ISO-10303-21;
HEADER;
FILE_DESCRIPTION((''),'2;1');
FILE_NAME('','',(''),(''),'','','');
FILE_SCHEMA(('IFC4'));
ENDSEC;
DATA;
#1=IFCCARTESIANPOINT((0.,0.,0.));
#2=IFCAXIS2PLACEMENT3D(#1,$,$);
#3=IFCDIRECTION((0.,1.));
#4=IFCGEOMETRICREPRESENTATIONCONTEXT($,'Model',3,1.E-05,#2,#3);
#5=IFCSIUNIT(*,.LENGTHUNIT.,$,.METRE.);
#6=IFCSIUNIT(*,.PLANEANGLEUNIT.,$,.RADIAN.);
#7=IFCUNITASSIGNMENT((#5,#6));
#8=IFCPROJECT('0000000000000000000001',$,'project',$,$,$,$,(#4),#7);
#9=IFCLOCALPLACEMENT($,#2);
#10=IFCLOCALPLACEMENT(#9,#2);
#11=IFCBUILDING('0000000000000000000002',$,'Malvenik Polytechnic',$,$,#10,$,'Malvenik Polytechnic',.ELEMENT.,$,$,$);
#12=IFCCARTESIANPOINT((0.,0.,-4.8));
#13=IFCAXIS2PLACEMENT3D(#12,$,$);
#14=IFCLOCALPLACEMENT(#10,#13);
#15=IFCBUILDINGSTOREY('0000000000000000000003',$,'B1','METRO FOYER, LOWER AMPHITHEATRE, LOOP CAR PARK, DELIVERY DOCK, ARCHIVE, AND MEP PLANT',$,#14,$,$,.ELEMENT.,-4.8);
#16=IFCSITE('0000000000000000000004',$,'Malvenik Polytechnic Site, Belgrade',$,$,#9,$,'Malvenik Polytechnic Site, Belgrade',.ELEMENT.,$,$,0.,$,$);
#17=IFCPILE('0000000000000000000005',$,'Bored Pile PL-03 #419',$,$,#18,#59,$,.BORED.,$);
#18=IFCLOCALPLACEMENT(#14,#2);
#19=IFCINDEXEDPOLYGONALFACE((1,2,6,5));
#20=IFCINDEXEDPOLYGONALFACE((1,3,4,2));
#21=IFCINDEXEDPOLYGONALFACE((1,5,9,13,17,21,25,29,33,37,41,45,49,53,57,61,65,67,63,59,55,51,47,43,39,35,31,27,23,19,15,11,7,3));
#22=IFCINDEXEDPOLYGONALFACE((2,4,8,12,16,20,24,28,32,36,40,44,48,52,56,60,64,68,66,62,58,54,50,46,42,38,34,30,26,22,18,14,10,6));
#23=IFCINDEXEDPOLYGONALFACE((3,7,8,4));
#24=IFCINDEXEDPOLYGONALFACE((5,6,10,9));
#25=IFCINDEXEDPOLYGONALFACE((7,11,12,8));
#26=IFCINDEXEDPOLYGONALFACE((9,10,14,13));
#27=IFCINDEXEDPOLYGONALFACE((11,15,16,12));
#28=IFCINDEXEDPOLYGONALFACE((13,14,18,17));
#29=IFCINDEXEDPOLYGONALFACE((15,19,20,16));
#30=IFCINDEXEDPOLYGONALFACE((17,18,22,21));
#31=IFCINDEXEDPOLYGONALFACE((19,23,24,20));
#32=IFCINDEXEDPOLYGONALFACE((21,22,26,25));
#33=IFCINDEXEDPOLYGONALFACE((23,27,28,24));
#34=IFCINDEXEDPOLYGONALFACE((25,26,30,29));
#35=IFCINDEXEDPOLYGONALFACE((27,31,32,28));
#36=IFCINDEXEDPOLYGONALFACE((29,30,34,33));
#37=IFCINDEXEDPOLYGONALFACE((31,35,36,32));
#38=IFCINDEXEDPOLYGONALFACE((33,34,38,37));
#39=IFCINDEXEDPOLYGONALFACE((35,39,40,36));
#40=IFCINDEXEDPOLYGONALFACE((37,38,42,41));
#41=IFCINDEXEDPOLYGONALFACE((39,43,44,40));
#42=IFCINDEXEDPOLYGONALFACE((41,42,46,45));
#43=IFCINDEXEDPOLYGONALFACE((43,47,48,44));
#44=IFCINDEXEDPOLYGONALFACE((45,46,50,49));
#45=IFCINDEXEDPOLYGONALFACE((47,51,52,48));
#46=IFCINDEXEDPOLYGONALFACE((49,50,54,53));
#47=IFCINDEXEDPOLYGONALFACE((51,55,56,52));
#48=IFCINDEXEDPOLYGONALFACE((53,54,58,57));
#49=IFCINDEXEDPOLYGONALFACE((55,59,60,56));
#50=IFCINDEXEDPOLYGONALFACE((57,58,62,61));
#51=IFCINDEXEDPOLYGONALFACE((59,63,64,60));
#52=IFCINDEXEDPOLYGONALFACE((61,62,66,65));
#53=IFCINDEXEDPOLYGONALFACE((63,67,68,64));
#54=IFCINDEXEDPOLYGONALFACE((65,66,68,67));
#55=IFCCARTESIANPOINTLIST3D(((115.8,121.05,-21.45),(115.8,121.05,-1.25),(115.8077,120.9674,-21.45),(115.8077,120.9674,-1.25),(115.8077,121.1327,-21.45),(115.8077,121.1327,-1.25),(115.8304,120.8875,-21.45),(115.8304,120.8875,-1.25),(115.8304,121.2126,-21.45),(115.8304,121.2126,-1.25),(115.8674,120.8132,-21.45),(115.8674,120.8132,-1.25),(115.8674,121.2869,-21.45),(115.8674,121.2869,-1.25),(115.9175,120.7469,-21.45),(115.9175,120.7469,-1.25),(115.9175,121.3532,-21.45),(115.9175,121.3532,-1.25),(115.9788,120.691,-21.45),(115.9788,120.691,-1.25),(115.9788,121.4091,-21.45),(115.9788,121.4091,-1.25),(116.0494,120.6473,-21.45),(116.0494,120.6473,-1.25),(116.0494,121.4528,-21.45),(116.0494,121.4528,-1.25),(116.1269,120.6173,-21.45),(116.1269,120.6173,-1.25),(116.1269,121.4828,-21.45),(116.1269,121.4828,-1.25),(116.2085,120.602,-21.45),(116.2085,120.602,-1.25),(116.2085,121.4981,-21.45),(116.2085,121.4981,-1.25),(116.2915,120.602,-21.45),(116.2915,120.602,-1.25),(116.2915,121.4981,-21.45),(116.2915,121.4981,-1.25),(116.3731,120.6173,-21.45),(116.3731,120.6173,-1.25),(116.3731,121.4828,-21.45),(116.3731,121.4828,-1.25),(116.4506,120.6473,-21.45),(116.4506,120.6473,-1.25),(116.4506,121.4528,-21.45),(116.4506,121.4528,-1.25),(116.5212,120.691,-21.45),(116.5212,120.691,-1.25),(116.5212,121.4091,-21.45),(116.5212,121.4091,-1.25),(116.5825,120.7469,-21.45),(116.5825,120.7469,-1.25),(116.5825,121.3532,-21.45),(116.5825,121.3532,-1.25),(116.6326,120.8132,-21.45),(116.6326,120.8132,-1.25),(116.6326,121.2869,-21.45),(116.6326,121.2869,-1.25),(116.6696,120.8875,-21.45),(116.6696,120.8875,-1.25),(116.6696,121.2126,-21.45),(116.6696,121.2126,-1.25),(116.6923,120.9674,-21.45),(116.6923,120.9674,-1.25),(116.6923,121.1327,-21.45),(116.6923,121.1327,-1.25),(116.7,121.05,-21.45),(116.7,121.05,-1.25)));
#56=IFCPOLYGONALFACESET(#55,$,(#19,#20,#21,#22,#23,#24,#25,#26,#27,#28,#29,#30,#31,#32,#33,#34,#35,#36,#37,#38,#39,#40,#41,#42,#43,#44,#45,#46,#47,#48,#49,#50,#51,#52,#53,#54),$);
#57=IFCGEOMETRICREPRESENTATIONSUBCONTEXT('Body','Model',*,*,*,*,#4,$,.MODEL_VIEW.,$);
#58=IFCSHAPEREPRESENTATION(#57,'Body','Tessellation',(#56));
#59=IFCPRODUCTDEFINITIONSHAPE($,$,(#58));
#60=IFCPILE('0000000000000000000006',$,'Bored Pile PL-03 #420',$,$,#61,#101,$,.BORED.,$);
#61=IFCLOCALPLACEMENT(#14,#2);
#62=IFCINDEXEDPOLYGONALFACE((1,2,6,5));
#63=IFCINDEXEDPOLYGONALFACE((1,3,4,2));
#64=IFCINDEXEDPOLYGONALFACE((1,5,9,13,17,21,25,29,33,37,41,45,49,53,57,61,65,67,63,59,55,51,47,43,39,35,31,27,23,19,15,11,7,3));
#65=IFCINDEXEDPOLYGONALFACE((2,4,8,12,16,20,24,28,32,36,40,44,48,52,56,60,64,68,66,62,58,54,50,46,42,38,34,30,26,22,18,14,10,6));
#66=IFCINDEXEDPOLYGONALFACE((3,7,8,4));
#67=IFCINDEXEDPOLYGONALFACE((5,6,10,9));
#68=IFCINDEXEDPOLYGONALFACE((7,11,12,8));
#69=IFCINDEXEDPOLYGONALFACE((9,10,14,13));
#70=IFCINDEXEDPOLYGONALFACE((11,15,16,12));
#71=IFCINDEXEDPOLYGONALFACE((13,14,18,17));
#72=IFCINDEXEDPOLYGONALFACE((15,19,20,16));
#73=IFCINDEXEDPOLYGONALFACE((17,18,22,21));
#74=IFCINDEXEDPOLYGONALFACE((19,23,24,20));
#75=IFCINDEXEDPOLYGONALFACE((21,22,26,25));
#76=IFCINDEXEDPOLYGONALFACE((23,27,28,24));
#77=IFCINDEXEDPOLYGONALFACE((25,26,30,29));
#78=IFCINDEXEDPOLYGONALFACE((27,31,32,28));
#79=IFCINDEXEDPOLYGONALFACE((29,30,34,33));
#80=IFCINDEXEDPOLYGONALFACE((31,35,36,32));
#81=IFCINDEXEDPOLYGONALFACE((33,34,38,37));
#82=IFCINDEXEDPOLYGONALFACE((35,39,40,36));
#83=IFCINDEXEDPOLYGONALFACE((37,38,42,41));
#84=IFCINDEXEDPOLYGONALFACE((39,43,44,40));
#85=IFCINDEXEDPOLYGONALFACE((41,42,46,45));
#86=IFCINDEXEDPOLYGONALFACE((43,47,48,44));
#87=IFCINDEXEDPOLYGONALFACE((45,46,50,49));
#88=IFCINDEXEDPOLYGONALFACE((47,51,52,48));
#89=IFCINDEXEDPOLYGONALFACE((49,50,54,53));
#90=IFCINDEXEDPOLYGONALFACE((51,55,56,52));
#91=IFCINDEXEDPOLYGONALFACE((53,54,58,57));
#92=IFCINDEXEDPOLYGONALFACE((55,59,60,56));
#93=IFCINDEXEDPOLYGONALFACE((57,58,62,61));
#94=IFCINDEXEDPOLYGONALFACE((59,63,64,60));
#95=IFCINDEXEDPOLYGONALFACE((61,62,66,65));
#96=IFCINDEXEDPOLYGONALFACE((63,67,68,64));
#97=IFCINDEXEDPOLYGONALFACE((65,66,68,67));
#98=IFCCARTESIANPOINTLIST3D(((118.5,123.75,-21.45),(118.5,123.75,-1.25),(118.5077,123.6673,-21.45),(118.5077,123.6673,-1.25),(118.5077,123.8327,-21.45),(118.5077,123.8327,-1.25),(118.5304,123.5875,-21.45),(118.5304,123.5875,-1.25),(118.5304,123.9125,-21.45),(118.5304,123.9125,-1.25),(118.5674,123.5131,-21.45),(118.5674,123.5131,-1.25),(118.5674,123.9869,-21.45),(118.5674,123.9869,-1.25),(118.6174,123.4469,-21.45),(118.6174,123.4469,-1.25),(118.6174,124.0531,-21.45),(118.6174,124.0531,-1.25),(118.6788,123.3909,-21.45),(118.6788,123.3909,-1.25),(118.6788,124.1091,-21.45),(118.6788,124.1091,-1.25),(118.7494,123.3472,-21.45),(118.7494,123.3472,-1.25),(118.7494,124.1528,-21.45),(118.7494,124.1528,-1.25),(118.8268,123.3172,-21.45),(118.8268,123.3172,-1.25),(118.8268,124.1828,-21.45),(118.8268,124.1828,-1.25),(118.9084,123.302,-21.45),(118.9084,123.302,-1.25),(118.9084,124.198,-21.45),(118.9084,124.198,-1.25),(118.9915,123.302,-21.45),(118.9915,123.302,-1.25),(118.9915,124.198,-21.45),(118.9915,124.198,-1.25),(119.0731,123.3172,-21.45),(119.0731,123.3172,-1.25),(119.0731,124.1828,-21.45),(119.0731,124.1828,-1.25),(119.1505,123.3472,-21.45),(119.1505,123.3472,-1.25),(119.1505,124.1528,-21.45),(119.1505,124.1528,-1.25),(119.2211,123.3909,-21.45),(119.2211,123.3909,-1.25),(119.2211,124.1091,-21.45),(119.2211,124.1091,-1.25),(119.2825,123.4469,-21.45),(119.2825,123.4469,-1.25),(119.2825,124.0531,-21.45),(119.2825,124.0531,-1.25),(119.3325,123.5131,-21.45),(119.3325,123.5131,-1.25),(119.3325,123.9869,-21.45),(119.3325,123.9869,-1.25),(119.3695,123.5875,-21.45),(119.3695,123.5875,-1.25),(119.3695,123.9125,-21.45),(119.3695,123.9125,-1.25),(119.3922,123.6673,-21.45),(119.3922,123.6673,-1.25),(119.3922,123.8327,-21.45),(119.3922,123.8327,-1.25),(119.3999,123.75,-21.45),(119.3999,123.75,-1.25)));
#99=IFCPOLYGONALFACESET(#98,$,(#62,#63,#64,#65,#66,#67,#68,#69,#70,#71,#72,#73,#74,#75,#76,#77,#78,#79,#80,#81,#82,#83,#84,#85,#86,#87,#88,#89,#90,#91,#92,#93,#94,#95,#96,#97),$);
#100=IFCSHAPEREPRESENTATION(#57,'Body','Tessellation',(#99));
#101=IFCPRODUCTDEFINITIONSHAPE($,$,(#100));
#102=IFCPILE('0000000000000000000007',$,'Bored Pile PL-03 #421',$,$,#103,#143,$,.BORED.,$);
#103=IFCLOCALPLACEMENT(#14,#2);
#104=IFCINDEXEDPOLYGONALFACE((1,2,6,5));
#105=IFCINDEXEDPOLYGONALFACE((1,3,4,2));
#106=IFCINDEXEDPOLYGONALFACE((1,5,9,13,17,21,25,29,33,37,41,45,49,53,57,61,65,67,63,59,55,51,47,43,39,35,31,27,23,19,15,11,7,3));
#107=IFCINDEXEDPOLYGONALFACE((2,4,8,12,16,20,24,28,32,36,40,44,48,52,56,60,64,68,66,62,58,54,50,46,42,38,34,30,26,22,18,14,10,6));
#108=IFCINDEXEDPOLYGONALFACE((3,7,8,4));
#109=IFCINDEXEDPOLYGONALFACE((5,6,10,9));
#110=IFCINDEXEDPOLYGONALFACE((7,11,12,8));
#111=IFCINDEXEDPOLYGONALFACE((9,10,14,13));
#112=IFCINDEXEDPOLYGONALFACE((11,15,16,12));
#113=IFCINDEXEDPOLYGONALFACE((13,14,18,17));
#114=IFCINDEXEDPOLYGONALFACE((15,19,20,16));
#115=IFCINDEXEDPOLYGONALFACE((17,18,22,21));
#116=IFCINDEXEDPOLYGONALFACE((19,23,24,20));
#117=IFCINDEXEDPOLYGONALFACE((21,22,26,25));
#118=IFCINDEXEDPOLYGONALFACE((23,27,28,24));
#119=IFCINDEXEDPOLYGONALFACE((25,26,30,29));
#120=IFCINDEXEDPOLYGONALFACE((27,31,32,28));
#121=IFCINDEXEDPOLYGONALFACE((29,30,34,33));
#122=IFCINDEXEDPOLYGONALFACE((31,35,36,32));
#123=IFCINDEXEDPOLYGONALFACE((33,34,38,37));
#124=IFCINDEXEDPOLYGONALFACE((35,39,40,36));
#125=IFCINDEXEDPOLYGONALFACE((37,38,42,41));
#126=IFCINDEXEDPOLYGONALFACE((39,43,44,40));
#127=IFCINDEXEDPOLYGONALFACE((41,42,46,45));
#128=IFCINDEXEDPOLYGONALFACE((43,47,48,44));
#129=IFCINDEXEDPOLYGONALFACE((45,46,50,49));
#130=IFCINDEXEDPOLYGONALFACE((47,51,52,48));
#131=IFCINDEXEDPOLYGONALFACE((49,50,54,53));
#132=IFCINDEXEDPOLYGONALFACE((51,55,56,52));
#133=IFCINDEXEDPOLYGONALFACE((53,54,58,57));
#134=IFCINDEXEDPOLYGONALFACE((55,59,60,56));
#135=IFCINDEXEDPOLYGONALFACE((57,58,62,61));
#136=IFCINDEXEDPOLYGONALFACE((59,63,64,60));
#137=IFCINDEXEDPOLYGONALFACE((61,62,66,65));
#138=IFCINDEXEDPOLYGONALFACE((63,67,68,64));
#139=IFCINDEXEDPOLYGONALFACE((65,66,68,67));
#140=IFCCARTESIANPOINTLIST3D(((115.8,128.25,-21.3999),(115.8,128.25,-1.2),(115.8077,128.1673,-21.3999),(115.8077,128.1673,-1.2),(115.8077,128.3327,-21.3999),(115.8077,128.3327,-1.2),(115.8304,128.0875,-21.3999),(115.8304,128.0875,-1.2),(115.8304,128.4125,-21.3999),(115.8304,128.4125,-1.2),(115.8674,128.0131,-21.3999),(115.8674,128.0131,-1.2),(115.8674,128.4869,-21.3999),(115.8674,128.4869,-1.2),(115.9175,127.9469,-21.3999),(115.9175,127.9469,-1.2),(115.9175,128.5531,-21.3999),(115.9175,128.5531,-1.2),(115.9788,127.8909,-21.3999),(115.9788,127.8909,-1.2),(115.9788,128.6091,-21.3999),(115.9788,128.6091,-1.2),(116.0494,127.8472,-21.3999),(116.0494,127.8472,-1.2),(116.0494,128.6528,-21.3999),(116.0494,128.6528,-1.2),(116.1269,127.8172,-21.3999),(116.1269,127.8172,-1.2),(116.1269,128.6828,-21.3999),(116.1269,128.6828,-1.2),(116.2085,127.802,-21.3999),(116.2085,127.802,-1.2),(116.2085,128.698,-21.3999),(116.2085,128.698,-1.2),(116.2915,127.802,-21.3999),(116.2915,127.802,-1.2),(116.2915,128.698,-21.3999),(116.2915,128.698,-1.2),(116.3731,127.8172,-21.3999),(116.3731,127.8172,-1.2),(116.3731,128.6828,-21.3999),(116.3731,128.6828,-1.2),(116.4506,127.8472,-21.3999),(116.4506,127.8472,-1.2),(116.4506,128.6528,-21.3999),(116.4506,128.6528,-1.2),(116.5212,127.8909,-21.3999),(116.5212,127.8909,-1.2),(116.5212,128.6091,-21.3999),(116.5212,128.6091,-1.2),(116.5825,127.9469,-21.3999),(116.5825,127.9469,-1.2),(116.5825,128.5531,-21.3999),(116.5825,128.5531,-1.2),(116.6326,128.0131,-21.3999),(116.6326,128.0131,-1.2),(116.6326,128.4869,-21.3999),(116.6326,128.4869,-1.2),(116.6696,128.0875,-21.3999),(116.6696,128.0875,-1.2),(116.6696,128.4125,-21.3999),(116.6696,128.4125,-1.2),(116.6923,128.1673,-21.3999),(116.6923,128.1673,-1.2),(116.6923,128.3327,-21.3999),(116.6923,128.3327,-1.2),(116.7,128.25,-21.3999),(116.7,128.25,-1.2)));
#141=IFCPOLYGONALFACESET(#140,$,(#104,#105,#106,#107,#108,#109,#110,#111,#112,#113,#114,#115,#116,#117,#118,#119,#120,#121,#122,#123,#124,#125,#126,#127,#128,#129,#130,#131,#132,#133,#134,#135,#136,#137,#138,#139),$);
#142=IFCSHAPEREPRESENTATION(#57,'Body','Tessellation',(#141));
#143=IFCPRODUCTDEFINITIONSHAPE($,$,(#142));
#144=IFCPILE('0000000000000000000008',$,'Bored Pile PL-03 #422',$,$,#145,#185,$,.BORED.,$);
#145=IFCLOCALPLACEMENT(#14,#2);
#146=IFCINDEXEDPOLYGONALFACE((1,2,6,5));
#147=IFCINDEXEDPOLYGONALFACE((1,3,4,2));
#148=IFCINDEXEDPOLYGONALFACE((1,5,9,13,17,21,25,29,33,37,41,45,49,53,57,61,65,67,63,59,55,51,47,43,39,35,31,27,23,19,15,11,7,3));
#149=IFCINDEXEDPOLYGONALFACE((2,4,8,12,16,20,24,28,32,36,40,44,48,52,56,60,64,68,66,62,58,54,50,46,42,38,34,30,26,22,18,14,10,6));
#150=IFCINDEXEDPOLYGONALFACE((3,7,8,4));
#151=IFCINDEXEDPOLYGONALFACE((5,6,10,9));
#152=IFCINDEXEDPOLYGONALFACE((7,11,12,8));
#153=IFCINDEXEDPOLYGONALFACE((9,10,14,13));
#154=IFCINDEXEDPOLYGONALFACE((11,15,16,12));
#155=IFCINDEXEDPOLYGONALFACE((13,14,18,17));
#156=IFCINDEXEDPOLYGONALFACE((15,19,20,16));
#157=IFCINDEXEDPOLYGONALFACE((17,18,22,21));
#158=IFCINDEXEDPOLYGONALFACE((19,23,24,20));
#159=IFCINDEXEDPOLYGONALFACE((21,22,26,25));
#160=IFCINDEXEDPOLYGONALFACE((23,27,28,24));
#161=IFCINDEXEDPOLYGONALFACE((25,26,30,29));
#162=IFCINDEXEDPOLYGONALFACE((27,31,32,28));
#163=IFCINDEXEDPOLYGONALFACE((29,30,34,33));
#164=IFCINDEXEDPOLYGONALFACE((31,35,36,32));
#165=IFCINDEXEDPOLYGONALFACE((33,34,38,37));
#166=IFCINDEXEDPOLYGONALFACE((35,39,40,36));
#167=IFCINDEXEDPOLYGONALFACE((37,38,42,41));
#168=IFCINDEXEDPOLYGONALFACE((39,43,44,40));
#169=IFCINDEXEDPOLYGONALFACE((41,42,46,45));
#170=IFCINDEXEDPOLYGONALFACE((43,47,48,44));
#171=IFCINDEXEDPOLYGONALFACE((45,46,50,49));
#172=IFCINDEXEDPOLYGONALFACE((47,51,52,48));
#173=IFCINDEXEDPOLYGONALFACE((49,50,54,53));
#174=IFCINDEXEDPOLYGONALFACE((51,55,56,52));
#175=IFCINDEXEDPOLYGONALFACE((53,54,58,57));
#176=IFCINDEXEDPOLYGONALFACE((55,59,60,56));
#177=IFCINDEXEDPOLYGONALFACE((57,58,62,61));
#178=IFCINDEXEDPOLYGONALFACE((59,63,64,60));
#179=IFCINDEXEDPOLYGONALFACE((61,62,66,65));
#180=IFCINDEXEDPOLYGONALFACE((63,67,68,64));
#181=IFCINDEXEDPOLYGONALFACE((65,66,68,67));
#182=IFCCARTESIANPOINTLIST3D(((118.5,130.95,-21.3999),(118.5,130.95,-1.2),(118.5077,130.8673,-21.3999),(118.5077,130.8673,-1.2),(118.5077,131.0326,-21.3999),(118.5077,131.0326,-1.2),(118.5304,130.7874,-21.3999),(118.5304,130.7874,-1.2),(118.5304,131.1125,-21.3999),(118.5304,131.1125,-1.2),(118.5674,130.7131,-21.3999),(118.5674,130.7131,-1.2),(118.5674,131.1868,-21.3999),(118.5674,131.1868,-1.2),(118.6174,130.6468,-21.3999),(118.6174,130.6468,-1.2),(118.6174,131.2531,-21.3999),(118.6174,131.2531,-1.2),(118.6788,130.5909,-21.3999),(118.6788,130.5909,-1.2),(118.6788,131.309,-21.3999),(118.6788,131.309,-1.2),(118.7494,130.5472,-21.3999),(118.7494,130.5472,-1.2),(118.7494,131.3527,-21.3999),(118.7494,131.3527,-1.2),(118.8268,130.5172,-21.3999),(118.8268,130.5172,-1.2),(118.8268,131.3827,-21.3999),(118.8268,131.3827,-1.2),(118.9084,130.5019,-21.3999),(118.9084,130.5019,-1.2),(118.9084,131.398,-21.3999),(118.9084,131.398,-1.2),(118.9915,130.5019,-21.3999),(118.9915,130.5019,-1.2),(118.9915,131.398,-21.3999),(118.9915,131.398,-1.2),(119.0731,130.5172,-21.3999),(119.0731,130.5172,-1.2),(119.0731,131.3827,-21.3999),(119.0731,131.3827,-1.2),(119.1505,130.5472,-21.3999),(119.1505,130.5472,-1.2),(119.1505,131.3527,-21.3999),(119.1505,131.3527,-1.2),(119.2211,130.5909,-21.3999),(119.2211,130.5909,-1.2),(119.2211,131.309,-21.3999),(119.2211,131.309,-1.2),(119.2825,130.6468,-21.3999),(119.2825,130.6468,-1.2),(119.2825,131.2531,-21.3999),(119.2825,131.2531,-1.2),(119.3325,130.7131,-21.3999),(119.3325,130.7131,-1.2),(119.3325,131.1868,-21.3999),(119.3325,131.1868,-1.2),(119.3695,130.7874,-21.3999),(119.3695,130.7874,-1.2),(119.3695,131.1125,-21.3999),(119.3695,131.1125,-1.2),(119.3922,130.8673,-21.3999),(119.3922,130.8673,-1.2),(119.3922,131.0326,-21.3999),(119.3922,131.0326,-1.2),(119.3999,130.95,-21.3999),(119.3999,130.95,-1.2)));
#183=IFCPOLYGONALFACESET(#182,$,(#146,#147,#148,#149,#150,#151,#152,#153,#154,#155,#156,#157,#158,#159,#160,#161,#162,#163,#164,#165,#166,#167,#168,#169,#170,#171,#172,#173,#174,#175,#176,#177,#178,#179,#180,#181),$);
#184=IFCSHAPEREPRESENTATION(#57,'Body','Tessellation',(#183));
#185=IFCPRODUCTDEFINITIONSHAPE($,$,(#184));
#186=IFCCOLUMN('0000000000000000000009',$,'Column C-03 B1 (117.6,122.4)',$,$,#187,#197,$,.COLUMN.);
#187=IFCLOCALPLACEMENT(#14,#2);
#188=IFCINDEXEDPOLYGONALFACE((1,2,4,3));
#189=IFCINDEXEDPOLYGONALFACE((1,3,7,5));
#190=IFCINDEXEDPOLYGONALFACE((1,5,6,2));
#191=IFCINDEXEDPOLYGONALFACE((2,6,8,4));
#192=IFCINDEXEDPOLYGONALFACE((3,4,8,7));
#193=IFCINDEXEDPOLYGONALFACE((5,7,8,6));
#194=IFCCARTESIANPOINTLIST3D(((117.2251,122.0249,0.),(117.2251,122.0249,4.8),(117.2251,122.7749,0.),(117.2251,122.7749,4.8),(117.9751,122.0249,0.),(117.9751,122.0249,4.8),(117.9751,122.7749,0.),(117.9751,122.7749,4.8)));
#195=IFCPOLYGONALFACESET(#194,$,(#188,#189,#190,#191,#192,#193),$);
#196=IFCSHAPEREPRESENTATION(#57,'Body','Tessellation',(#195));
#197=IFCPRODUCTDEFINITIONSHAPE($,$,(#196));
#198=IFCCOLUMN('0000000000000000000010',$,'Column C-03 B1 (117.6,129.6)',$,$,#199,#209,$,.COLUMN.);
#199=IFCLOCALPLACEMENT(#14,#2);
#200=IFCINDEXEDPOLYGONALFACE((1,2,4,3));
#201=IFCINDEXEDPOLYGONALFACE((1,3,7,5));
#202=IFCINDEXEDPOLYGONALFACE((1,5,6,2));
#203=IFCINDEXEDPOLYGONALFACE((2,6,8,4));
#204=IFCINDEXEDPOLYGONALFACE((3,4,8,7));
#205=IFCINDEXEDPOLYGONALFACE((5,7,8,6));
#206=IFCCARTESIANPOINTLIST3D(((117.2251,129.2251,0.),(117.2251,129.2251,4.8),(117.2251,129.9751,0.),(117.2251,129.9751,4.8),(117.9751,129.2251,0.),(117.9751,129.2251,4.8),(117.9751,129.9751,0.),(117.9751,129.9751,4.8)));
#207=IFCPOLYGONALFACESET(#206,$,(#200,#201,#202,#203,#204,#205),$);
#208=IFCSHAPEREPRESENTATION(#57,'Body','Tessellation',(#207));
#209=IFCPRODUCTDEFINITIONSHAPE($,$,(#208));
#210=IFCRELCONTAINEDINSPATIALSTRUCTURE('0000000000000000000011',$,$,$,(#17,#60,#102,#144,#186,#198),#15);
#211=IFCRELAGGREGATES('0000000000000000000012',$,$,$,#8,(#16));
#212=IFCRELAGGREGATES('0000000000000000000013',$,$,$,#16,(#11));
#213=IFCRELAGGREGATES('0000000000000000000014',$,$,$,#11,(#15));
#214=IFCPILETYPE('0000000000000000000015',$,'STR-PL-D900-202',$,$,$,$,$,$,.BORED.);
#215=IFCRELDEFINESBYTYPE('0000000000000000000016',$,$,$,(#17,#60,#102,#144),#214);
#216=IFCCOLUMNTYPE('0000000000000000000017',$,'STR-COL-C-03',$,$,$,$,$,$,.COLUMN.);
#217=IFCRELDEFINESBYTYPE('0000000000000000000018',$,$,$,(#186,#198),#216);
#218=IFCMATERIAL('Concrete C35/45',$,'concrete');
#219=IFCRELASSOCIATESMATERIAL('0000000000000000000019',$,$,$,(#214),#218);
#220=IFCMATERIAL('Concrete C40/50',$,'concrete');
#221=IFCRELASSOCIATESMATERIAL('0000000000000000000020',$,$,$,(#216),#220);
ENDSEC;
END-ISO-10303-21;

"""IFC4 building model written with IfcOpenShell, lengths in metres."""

from ifc_helpers import new_model, si_unit, direction, frame, origin, origin_2d, place, context, subcontext, project, spatial, rectangle, circle, extrude, material, material_profile, profile_set, type_object, element, save


model = new_model("IFC4")

# Units and contexts
model_context = context("Model", 3, precision=1e-05, world=origin(), true_north=direction((0.0, 1.0)))
body_context = subcontext(model_context, "Body", "Model", "MODEL_VIEW")
ifc_project = project(units=[si_unit("LENGTHUNIT", "METRE"), si_unit("PLANEANGLEUNIT", "RADIAN")], contexts=[model_context])

# Site, building, storey
site_placement = place(None, origin())
site = spatial("IfcSite", under=ifc_project, at=site_placement, Name="Malvenik Polytechnic Site, Belgrade", LongName="Malvenik Polytechnic Site, Belgrade", CompositionType="ELEMENT", RefElevation=0.0)
building_placement = place(site_placement, origin())
building = spatial("IfcBuilding", under=site, at=building_placement, Name="Malvenik Polytechnic", LongName="Malvenik Polytechnic", CompositionType="ELEMENT")
storey_placement = place(building_placement, frame((0.0, 0.0, -4.8)))
storey = spatial("IfcBuildingStorey", under=building, at=storey_placement, Name="B1", Description="METRO FOYER, LOWER AMPHITHEATRE, LOOP CAR PARK, DELIVERY DOCK, ARCHIVE, AND MEP PLANT", CompositionType="ELEMENT", Elevation=-4.8)

# Shared definitions
ifc_material_1 = material(Name="Concrete C35/45", Category="concrete")

# Piles
ifc_material_profile_1 = material_profile(ifc_material_1, circle(Radius=0.45, at=origin_2d()), Name="BORED PILE D900")
ifc_profile_set_1 = profile_set([ifc_material_profile_1], Name="Concrete C35/45")
pile_type = type_object("IfcPileType", Name="STR-PL-D900-202", PredefinedType="BORED", material=ifc_profile_set_1)
for number, where, z_axis, x_axis, name in (
    (1, (116.25, 121.05, -1.25), (0.0, 0.0, -1.0), (1.0, 0.0, 0.0), "Bored Pile PL-03 #419"),
    (2, (118.95, 123.75, -1.25), (0.0, 0.0, -1.0), (1.0, 0.0, 0.0), "Bored Pile PL-03 #420"),
    (3, (116.25, 128.25, -1.2), (0.0, 0.0, -1.0), (1.0, 0.0, 0.0), "Bored Pile PL-03 #421"),
    (4, (118.95, 130.95, -1.2), (0.0, 0.0, -1.0), (1.0, 0.0, 0.0), "Bored Pile PL-03 #422"),
):
    element("IfcPile", number, at=place(storey_placement, frame(where, z_axis=z_axis, x_axis=x_axis)), inside=storey, type_object=pile_type, Name=name, PredefinedType="BORED", context=body_context, shape_type="SweptSolid", body=[
        extrude(circle(Radius=0.45, at=origin_2d()), origin(), (0.0, 0.0, 1.0), 20.2),
    ])

# Columns
ifc_material_2 = material(Name="Concrete C40/50", Category="concrete")
ifc_material_profile_2 = material_profile(ifc_material_2, rectangle(XDim=0.75, YDim=0.75, at=origin_2d()), Name="RC COL 750x750")
ifc_profile_set_2 = profile_set([ifc_material_profile_2], Name="Concrete C40/50")
column_type_1 = type_object("IfcColumnType", Name="STR-COL-C-03", PredefinedType="COLUMN", material=ifc_profile_set_2)
for number, where, z_axis, x_axis, name in (
    (5, (117.6001, 122.3999, 0.0), (0.0, 0.0, 1.0), (1.0, 0.0, 0.0), "Column C-03 B1 (117.6,122.4)"),
    (6, (117.6001, 129.6001, 0.0), (0.0, 0.0, 1.0), (1.0, 0.0, 0.0), "Column C-03 B1 (117.6,129.6)"),
):
    element("IfcColumn", number, at=place(storey_placement, frame(where, z_axis=z_axis, x_axis=x_axis)), inside=storey, type_object=column_type_1, Name=name, PredefinedType="COLUMN", context=body_context, shape_type="SweptSolid", body=[
        extrude(rectangle(XDim=0.75, YDim=0.75, at=origin_2d()), origin(), (0.0, 0.0, 1.0), 4.8),
    ])

save(model, "model.ifc")
